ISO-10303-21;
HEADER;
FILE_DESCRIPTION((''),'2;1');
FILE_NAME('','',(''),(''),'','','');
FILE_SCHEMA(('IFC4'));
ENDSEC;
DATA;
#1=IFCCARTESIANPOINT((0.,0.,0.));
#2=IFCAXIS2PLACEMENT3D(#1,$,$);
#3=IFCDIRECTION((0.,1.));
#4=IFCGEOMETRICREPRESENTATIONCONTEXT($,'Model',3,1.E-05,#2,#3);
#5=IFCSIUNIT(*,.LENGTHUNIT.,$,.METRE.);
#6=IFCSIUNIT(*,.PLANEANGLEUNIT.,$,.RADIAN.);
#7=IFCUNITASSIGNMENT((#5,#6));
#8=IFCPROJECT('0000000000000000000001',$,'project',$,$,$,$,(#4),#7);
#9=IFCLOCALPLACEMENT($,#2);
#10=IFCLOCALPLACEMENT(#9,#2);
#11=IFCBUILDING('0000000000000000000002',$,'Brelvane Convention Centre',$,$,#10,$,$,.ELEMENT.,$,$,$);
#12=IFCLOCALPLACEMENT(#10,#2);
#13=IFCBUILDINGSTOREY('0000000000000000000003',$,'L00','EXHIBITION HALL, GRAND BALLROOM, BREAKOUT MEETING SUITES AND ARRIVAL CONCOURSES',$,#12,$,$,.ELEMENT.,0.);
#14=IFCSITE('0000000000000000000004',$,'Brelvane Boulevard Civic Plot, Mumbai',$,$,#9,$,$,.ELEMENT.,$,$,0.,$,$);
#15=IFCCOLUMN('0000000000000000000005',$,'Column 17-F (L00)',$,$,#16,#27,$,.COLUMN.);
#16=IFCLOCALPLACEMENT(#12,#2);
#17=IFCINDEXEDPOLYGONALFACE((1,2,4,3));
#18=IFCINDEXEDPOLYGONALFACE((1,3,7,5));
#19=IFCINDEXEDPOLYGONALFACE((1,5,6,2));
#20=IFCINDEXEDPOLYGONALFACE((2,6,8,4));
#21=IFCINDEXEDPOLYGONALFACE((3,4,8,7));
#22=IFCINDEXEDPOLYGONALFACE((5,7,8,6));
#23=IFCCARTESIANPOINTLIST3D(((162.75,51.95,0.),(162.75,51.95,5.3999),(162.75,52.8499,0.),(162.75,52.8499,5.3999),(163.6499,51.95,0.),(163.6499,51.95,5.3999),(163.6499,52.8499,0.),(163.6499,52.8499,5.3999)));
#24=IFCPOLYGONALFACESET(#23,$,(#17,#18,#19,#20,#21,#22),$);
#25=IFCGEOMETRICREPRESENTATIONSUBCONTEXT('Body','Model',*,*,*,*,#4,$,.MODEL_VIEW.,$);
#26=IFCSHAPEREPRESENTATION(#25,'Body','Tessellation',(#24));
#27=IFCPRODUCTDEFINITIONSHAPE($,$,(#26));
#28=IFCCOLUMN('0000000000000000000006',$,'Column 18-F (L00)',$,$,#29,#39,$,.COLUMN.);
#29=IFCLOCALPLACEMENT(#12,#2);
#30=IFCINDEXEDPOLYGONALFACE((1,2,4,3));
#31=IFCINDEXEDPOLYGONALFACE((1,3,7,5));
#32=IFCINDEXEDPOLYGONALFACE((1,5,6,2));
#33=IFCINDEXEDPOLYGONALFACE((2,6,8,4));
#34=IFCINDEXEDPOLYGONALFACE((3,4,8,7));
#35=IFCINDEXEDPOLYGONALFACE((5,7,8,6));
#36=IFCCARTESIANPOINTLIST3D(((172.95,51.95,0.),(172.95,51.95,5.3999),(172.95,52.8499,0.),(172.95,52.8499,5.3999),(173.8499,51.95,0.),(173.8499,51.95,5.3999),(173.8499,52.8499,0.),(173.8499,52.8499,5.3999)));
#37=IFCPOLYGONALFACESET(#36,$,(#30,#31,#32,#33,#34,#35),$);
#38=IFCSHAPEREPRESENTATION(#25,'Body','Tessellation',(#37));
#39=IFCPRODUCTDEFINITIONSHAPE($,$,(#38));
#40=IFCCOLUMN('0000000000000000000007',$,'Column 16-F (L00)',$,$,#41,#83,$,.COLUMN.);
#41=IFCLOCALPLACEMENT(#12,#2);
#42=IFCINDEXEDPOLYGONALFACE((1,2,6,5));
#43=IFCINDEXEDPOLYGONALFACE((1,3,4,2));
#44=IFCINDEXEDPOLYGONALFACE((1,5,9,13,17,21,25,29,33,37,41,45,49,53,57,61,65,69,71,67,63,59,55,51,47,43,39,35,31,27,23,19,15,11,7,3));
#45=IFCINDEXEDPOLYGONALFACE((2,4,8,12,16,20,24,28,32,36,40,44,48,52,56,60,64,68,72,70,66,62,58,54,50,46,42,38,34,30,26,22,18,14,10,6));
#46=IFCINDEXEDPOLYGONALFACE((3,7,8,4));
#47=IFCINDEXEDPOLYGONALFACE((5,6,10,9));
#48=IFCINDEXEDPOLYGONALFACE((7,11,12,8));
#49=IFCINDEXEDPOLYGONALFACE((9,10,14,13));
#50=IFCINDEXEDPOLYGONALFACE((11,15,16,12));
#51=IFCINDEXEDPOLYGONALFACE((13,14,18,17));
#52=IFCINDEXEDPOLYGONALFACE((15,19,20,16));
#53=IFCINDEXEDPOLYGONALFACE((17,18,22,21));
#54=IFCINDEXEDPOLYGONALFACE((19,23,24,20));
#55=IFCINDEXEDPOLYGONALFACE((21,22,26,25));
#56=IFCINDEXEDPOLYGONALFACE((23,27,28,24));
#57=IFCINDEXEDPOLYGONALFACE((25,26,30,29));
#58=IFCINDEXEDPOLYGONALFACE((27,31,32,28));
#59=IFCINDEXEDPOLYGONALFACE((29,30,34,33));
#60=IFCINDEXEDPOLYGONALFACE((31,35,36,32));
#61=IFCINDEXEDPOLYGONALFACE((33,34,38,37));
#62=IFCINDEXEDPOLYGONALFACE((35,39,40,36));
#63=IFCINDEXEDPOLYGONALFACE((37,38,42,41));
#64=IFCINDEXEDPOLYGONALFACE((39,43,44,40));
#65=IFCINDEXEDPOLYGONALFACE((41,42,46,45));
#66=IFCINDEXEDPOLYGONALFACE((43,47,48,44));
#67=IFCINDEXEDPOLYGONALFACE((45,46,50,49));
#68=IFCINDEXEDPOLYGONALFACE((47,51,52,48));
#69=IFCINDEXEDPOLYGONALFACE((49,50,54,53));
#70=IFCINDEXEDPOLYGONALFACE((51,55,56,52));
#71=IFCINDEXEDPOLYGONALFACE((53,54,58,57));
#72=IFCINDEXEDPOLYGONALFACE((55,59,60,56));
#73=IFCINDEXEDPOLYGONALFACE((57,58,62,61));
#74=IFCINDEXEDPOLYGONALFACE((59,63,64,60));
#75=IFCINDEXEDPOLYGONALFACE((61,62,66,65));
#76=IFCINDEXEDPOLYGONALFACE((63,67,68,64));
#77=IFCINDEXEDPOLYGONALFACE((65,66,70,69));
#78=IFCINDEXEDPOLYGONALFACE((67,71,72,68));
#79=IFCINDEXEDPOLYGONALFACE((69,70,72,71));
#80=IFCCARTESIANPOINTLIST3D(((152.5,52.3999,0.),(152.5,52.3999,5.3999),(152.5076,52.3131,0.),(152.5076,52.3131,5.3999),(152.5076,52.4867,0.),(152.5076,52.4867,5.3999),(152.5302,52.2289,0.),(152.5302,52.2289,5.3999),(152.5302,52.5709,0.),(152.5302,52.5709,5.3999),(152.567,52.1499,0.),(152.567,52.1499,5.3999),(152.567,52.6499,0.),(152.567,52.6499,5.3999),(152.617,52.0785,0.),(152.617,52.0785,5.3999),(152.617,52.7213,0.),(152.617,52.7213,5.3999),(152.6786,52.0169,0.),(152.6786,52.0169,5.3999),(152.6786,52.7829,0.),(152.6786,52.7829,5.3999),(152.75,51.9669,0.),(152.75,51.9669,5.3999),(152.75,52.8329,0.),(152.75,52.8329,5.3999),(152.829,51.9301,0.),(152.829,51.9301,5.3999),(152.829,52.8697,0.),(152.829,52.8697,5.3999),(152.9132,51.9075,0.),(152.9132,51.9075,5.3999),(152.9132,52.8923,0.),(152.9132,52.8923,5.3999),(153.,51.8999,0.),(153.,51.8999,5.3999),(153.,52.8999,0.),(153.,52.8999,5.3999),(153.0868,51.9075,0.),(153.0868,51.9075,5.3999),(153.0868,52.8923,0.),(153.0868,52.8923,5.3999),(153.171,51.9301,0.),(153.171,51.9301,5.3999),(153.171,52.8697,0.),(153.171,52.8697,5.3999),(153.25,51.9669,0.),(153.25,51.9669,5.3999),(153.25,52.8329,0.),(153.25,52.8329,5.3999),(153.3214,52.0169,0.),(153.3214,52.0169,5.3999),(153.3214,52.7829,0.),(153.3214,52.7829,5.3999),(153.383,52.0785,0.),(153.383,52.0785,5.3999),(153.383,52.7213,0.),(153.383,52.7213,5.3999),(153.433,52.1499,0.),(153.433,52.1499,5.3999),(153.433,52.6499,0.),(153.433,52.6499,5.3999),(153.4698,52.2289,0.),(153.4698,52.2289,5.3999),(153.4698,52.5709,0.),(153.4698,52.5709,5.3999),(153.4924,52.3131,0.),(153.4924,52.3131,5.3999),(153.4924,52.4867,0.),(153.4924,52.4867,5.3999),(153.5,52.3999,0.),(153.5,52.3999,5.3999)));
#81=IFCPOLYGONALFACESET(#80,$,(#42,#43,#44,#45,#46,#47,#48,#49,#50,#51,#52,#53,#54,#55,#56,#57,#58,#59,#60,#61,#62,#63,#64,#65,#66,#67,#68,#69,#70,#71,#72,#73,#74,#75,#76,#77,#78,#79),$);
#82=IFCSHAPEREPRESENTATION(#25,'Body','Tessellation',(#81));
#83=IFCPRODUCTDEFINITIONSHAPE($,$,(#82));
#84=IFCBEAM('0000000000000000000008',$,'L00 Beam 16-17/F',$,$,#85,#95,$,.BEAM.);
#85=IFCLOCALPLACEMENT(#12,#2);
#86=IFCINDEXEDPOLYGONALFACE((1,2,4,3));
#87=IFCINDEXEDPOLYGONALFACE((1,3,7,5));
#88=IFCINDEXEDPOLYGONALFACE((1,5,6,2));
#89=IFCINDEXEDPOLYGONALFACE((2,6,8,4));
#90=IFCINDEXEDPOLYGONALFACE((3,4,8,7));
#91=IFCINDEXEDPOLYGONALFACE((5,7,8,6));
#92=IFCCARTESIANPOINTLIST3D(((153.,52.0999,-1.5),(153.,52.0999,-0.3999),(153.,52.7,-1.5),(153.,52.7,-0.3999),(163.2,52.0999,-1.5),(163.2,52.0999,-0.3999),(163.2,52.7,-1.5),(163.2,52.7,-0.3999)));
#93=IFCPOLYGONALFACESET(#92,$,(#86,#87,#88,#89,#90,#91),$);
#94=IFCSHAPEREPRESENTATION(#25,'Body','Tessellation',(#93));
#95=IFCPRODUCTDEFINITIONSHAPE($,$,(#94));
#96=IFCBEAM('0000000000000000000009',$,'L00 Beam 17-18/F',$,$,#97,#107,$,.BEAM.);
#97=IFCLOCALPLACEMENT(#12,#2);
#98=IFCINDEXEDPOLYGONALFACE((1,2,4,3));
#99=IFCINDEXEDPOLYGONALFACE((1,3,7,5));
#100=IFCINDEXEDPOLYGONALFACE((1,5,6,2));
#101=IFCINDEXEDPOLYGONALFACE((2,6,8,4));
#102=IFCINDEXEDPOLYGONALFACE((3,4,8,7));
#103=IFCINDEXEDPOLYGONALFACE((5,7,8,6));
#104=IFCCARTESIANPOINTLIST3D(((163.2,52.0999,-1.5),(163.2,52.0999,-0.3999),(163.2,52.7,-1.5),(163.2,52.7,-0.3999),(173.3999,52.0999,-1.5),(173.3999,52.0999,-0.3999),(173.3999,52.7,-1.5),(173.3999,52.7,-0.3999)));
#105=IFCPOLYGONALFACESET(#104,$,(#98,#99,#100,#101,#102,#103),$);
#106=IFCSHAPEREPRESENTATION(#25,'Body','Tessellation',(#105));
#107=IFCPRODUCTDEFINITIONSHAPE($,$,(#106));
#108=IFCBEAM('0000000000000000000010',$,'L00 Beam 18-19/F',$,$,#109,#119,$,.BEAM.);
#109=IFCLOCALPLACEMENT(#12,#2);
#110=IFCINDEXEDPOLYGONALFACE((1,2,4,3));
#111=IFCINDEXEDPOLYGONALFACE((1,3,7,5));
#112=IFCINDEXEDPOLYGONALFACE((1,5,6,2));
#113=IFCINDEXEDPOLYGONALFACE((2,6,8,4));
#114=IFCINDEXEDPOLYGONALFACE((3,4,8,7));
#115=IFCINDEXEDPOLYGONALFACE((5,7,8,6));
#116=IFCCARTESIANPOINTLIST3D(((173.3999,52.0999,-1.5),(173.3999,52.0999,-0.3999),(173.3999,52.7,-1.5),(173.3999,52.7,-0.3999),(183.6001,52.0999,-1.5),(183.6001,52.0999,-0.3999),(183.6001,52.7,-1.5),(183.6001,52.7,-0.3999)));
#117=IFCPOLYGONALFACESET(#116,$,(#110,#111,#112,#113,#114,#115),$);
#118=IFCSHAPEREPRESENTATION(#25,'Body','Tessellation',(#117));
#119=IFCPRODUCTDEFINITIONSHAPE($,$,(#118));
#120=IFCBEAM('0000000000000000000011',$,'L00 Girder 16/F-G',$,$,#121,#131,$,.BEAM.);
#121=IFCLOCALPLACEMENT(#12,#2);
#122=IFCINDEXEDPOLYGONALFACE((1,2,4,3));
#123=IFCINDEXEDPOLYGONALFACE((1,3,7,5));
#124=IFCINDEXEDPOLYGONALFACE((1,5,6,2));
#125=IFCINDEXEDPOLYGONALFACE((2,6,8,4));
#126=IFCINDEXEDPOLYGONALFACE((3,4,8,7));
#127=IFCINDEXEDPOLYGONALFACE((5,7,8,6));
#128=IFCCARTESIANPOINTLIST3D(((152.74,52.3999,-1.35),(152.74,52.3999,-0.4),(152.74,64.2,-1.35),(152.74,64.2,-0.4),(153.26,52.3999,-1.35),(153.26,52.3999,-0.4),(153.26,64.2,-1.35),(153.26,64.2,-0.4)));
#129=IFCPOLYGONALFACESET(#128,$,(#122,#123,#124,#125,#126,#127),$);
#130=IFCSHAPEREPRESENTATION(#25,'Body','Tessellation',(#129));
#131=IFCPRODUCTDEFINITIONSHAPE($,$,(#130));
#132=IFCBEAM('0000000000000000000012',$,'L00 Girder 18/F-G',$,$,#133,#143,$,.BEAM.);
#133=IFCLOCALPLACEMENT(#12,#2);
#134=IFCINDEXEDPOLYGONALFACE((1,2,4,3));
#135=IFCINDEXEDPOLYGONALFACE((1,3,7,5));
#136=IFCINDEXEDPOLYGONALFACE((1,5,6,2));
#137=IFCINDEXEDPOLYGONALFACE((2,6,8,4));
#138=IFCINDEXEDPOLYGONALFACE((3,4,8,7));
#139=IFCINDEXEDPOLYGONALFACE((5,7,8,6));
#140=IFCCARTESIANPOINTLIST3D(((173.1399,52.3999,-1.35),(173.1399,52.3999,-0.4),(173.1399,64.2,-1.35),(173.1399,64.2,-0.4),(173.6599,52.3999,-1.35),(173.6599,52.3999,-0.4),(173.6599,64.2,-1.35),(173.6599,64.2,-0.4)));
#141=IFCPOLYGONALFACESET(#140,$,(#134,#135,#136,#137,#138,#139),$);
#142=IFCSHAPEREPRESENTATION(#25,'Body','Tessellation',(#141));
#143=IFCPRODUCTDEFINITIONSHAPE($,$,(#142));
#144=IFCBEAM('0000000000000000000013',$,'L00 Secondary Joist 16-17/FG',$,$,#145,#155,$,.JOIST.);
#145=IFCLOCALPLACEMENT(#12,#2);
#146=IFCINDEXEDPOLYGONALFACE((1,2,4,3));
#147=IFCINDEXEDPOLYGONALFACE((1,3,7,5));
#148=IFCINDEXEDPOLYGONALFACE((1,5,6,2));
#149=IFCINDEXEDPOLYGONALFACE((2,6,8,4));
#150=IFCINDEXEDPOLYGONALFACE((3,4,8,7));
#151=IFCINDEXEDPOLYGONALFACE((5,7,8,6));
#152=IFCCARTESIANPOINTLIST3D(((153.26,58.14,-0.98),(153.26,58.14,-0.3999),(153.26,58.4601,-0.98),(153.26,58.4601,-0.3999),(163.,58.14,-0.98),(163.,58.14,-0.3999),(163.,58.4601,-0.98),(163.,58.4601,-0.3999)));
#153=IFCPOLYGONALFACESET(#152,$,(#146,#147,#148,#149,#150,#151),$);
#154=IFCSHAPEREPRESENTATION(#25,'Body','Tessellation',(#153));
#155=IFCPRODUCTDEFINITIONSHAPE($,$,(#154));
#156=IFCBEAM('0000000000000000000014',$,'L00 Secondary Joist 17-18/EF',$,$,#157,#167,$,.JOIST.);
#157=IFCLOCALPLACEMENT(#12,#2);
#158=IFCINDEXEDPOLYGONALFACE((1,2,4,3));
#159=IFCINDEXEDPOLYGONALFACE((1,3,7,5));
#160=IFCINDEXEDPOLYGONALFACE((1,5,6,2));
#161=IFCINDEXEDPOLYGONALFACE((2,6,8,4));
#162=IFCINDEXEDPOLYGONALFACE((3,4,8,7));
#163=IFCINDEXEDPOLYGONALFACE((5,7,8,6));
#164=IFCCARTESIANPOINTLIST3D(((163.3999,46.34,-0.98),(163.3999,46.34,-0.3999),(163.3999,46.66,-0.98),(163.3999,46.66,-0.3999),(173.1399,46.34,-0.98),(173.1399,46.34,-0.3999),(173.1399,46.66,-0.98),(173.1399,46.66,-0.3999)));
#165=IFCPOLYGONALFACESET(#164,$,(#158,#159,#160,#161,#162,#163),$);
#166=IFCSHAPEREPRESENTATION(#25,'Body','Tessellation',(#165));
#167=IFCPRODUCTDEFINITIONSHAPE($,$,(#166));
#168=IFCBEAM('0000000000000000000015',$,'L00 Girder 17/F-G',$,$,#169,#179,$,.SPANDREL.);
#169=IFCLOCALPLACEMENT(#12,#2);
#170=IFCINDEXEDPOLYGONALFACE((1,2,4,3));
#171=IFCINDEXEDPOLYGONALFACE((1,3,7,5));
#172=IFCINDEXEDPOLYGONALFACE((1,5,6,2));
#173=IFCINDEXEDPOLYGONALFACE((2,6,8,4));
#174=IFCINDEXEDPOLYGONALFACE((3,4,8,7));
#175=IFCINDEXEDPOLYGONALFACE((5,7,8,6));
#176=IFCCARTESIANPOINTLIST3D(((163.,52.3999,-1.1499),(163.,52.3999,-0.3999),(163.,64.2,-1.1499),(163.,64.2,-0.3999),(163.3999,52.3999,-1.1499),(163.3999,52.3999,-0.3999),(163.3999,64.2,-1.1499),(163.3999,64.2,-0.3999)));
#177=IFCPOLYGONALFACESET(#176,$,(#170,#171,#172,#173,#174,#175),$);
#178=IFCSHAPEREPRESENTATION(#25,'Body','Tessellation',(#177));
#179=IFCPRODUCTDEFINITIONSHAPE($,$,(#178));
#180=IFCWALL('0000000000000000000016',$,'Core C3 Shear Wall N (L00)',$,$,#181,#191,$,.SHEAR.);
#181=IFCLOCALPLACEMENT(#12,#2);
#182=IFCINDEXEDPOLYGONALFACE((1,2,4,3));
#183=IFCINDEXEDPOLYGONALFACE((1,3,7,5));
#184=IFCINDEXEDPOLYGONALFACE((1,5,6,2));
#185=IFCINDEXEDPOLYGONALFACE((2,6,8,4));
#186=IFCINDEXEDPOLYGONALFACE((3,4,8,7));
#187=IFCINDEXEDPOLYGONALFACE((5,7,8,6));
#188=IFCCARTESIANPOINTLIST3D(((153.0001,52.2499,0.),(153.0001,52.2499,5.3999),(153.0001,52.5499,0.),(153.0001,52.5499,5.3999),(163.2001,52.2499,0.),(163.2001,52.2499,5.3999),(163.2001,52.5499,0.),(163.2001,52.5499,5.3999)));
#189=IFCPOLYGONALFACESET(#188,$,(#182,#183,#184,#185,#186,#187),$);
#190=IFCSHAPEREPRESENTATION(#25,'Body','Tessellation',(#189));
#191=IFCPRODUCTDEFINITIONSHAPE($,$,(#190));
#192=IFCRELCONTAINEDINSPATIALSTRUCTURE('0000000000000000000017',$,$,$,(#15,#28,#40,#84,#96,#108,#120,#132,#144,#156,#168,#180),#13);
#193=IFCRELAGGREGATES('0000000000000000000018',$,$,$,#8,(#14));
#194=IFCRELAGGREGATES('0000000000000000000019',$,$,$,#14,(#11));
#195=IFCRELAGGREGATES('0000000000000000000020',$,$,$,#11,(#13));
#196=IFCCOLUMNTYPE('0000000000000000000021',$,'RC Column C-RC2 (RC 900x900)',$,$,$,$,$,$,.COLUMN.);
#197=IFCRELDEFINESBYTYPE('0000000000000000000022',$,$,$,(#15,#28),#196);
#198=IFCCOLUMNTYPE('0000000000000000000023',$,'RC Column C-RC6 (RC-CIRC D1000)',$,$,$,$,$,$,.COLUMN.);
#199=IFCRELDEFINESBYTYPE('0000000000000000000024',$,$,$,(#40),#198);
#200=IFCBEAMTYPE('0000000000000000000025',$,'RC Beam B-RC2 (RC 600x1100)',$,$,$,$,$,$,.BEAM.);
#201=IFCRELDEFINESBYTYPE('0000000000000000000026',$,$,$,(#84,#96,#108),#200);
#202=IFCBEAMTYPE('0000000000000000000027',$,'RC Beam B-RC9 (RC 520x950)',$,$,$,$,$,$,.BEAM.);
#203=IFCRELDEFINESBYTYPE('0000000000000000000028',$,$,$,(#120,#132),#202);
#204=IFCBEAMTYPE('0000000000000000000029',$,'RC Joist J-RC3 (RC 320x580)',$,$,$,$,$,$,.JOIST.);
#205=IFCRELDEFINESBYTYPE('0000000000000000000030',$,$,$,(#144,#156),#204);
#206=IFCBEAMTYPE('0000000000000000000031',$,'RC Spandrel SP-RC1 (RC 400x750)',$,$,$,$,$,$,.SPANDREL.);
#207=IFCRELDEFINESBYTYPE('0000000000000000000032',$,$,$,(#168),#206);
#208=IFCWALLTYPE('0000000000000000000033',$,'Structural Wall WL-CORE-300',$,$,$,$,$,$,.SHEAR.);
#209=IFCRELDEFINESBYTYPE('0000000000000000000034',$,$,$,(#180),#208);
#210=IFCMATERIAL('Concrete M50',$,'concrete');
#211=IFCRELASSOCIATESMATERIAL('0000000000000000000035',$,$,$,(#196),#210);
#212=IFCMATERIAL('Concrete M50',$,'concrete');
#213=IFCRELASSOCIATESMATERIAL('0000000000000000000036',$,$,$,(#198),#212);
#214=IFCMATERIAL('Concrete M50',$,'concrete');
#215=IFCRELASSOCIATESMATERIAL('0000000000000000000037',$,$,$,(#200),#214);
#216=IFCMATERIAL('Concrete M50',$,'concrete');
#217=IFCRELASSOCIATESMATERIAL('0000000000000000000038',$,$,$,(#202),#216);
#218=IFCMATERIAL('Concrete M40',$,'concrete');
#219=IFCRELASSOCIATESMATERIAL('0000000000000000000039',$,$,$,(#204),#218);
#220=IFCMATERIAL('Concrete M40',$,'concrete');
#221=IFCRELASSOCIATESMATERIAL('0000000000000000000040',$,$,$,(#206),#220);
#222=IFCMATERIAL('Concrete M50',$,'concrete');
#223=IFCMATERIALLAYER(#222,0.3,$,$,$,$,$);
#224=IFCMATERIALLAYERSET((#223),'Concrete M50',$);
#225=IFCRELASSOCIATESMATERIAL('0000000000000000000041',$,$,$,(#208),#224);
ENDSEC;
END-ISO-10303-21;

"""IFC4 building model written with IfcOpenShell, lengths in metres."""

from ifc_helpers import new_model, si_unit, direction, frame, frame_2d, origin, origin_2d, place, context, subcontext, project, spatial, rectangle, circle, extrude, material, layer, layer_set, material_profile, profile_set, type_object, element, save


model = new_model("IFC4")

# Units and contexts
model_context = context("Model", 3, precision=1e-05, world=origin(), true_north=direction((0.0, 1.0)))
body_context = subcontext(model_context, "Body", "Model", "MODEL_VIEW")
ifc_project = project(units=[si_unit("LENGTHUNIT", "METRE"), si_unit("PLANEANGLEUNIT", "RADIAN")], contexts=[model_context])

# Site, building, storey
site_placement = place(None, origin())
site = spatial("IfcSite", under=ifc_project, at=site_placement, Name="Brelvane Boulevard Civic Plot, Mumbai", CompositionType="ELEMENT", RefElevation=0.0)
building_placement = place(site_placement, origin())
building = spatial("IfcBuilding", under=site, at=building_placement, Name="Brelvane Convention Centre", CompositionType="ELEMENT")
storey_placement = place(building_placement, origin())
storey = spatial("IfcBuildingStorey", under=building, at=storey_placement, Name="L00", Description="EXHIBITION HALL, GRAND BALLROOM, BREAKOUT MEETING SUITES AND ARRIVAL CONCOURSES", CompositionType="ELEMENT", Elevation=0.0)

# Columns
ifc_material_1 = material(Name="Concrete M50", Category="concrete")
ifc_material_profile_1 = material_profile(ifc_material_1, rectangle(XDim=0.8999, YDim=0.8999, at=origin_2d()), Name="RC 900x900")
ifc_profile_set_1 = profile_set([ifc_material_profile_1], Name="Concrete M50")
column_type_1 = type_object("IfcColumnType", Name="RC Column C-RC2 (RC 900x900)", PredefinedType="COLUMN", material=ifc_profile_set_1)
for number, where, z_axis, x_axis, name in (
    (1, (163.2, 52.3999, 0.0), (0.0, 0.0, 1.0), (1.0, 0.0, 0.0), "Column 17-F (L00)"),
    (2, (173.3999, 52.3999, 0.0), (0.0, 0.0, 1.0), (1.0, 0.0, 0.0), "Column 18-F (L00)"),
):
    element("IfcColumn", number, at=place(storey_placement, frame(where, z_axis=z_axis, x_axis=x_axis)), inside=storey, type_object=column_type_1, Name=name, PredefinedType="COLUMN", context=body_context, shape_type="SweptSolid", body=[
        extrude(rectangle(XDim=0.8999, YDim=0.8999, at=origin_2d()), origin(), (0.0, 0.0, 1.0), 5.3999),
    ])
ifc_material_2 = material(Name="Concrete M50", Category="concrete")
ifc_material_profile_2 = material_profile(ifc_material_2, circle(Radius=0.5, at=origin_2d()), Name="RC-CIRC D1000")
ifc_profile_set_2 = profile_set([ifc_material_profile_2], Name="Concrete M50")
column_type_2 = type_object("IfcColumnType", Name="RC Column C-RC6 (RC-CIRC D1000)", PredefinedType="COLUMN", material=ifc_profile_set_2)
column_placement = place(storey_placement, frame((153.0, 52.3999, 0.0), z_axis=(0.0, 0.0, 1.0), x_axis=(1.0, 0.0, 0.0)))
element("IfcColumn", 3, at=column_placement, inside=storey, type_object=column_type_2, Name="Column 16-F (L00)", PredefinedType="COLUMN", context=body_context, shape_type="SweptSolid", body=[
    extrude(circle(Radius=0.5, at=origin_2d()), origin(), (0.0, 0.0, 1.0), 5.3999),
])

# Beams
ifc_material_3 = material(Name="Concrete M50", Category="concrete")
ifc_material_profile_3 = material_profile(ifc_material_3, rectangle(XDim=0.6001, YDim=1.1001, at=origin_2d()), Name="RC 600x1100")
ifc_profile_set_3 = profile_set([ifc_material_profile_3], Name="Concrete M50")
beam_type_1 = type_object("IfcBeamType", Name="RC Beam B-RC2 (RC 600x1100)", PredefinedType="BEAM", material=ifc_profile_set_3)
for number, where, z_axis, x_axis, name in (
    (4, (153.0, 52.3999, -0.95), (1.0, 0.0, 0.0), (0.0, 1.0, 0.0), "L00 Beam 16-17/F"),
    (5, (163.2, 52.3999, -0.95), (1.0, 0.0, 0.0), (0.0, 1.0, 0.0), "L00 Beam 17-18/F"),
):
    element("IfcBeam", number, at=place(storey_placement, frame(where, z_axis=z_axis, x_axis=x_axis)), inside=storey, type_object=beam_type_1, Name=name, PredefinedType="BEAM", context=body_context, shape_type="SweptSolid", body=[
        extrude(rectangle(XDim=0.6001, YDim=1.1001, at=origin_2d()), origin(), (0.0, 0.0, 1.0), 10.2),
    ])
beam_1_placement = place(storey_placement, frame((173.3999, 52.3999, -0.95), z_axis=(1.0, 0.0, 0.0), x_axis=(0.0, 1.0, 0.0)))
element("IfcBeam", 6, at=beam_1_placement, inside=storey, type_object=beam_type_1, Name="L00 Beam 18-19/F", PredefinedType="BEAM", context=body_context, shape_type="SweptSolid", body=[
    extrude(rectangle(XDim=0.6001, YDim=1.1001, at=origin_2d()), origin(), (0.0, 0.0, 1.0), 10.2002),
])
ifc_material_4 = material(Name="Concrete M50", Category="concrete")
ifc_material_profile_4 = material_profile(ifc_material_4, rectangle(XDim=0.52, YDim=0.95, at=origin_2d()), Name="RC 520x950")
ifc_profile_set_4 = profile_set([ifc_material_profile_4], Name="Concrete M50")
beam_type_2 = type_object("IfcBeamType", Name="RC Beam B-RC9 (RC 520x950)", PredefinedType="BEAM", material=ifc_profile_set_4)
for number, where, z_axis, x_axis, name in (
    (7, (153.0, 52.3999, -0.875), (0.0, 1.0, 0.0), (-1.0, 0.0, 0.0), "L00 Girder 16/F-G"),
    (8, (173.3999, 52.3999, -0.875), (0.0, 1.0, 0.0), (-1.0, 0.0, 0.0), "L00 Girder 18/F-G"),
):
    element("IfcBeam", number, at=place(storey_placement, frame(where, z_axis=z_axis, x_axis=x_axis)), inside=storey, type_object=beam_type_2, Name=name, PredefinedType="BEAM", context=body_context, shape_type="SweptSolid", body=[
        extrude(rectangle(XDim=0.52, YDim=0.95, at=origin_2d()), origin(), (0.0, 0.0, 1.0), 11.8),
    ])
ifc_material_5 = material(Name="Concrete M40", Category="concrete")
ifc_material_profile_5 = material_profile(ifc_material_5, rectangle(XDim=0.3201, YDim=0.5801, at=origin_2d()), Name="RC 320x580")
ifc_profile_set_5 = profile_set([ifc_material_profile_5], Name="Concrete M40")
beam_type_3 = type_object("IfcBeamType", Name="RC Joist J-RC3 (RC 320x580)", PredefinedType="JOIST", material=ifc_profile_set_5)
for number, where, z_axis, x_axis, name in (
    (9, (153.26, 58.3, -0.6899), (1.0, 0.0, 0.0), (0.0, 1.0, 0.0), "L00 Secondary Joist 16-17/FG"),
    (10, (163.3999, 46.5, -0.6899), (1.0, 0.0, 0.0), (0.0, 1.0, 0.0), "L00 Secondary Joist 17-18/EF"),
):
    element("IfcBeam", number, at=place(storey_placement, frame(where, z_axis=z_axis, x_axis=x_axis)), inside=storey, type_object=beam_type_3, Name=name, PredefinedType="JOIST", context=body_context, shape_type="SweptSolid", body=[
        extrude(rectangle(XDim=0.3201, YDim=0.5801, at=origin_2d()), origin(), (0.0, 0.0, 1.0), 9.74),
    ])
ifc_material_6 = material(Name="Concrete M40", Category="concrete")
ifc_material_profile_6 = material_profile(ifc_material_6, rectangle(XDim=0.3999, YDim=0.75, at=origin_2d()), Name="RC 400x750")
ifc_profile_set_6 = profile_set([ifc_material_profile_6], Name="Concrete M40")
beam_type_4 = type_object("IfcBeamType", Name="RC Spandrel SP-RC1 (RC 400x750)", PredefinedType="SPANDREL", material=ifc_profile_set_6)
beam_2_placement = place(storey_placement, frame((163.2, 52.3999, -0.7749), z_axis=(0.0, 1.0, 0.0), x_axis=(-1.0, 0.0, 0.0)))
element("IfcBeam", 11, at=beam_2_placement, inside=storey, type_object=beam_type_4, Name="L00 Girder 17/F-G", PredefinedType="SPANDREL", context=body_context, shape_type="SweptSolid", body=[
    extrude(rectangle(XDim=0.3999, YDim=0.75, at=origin_2d()), origin(), (0.0, 0.0, 1.0), 11.8),
])

# Wall
ifc_material_7 = material(Name="Concrete M50", Category="concrete")
ifc_layer = layer(ifc_material_7, 0.3)
ifc_layer_set = layer_set([ifc_layer], Name="Concrete M50")
wall_type = type_object("IfcWallType", Name="Structural Wall WL-CORE-300", PredefinedType="SHEAR", material=ifc_layer_set)
wall_1_placement = place(storey_placement, frame((153.0, 52.3999, 0.0), z_axis=(0.0, 0.0, 1.0), x_axis=(1.0, 0.0, 0.0)))
element("IfcWall", 12, at=wall_1_placement, inside=storey, type_object=wall_type, Name="Core C3 Shear Wall N (L00)", PredefinedType="SHEAR", context=body_context, shape_type="SweptSolid", body=[
    extrude(rectangle(XDim=10.2, YDim=0.3, at=frame_2d((5.1001, 0.0))), origin(), (0.0, 0.0, 1.0), 5.3999),
])

save(model, "model.ifc")
